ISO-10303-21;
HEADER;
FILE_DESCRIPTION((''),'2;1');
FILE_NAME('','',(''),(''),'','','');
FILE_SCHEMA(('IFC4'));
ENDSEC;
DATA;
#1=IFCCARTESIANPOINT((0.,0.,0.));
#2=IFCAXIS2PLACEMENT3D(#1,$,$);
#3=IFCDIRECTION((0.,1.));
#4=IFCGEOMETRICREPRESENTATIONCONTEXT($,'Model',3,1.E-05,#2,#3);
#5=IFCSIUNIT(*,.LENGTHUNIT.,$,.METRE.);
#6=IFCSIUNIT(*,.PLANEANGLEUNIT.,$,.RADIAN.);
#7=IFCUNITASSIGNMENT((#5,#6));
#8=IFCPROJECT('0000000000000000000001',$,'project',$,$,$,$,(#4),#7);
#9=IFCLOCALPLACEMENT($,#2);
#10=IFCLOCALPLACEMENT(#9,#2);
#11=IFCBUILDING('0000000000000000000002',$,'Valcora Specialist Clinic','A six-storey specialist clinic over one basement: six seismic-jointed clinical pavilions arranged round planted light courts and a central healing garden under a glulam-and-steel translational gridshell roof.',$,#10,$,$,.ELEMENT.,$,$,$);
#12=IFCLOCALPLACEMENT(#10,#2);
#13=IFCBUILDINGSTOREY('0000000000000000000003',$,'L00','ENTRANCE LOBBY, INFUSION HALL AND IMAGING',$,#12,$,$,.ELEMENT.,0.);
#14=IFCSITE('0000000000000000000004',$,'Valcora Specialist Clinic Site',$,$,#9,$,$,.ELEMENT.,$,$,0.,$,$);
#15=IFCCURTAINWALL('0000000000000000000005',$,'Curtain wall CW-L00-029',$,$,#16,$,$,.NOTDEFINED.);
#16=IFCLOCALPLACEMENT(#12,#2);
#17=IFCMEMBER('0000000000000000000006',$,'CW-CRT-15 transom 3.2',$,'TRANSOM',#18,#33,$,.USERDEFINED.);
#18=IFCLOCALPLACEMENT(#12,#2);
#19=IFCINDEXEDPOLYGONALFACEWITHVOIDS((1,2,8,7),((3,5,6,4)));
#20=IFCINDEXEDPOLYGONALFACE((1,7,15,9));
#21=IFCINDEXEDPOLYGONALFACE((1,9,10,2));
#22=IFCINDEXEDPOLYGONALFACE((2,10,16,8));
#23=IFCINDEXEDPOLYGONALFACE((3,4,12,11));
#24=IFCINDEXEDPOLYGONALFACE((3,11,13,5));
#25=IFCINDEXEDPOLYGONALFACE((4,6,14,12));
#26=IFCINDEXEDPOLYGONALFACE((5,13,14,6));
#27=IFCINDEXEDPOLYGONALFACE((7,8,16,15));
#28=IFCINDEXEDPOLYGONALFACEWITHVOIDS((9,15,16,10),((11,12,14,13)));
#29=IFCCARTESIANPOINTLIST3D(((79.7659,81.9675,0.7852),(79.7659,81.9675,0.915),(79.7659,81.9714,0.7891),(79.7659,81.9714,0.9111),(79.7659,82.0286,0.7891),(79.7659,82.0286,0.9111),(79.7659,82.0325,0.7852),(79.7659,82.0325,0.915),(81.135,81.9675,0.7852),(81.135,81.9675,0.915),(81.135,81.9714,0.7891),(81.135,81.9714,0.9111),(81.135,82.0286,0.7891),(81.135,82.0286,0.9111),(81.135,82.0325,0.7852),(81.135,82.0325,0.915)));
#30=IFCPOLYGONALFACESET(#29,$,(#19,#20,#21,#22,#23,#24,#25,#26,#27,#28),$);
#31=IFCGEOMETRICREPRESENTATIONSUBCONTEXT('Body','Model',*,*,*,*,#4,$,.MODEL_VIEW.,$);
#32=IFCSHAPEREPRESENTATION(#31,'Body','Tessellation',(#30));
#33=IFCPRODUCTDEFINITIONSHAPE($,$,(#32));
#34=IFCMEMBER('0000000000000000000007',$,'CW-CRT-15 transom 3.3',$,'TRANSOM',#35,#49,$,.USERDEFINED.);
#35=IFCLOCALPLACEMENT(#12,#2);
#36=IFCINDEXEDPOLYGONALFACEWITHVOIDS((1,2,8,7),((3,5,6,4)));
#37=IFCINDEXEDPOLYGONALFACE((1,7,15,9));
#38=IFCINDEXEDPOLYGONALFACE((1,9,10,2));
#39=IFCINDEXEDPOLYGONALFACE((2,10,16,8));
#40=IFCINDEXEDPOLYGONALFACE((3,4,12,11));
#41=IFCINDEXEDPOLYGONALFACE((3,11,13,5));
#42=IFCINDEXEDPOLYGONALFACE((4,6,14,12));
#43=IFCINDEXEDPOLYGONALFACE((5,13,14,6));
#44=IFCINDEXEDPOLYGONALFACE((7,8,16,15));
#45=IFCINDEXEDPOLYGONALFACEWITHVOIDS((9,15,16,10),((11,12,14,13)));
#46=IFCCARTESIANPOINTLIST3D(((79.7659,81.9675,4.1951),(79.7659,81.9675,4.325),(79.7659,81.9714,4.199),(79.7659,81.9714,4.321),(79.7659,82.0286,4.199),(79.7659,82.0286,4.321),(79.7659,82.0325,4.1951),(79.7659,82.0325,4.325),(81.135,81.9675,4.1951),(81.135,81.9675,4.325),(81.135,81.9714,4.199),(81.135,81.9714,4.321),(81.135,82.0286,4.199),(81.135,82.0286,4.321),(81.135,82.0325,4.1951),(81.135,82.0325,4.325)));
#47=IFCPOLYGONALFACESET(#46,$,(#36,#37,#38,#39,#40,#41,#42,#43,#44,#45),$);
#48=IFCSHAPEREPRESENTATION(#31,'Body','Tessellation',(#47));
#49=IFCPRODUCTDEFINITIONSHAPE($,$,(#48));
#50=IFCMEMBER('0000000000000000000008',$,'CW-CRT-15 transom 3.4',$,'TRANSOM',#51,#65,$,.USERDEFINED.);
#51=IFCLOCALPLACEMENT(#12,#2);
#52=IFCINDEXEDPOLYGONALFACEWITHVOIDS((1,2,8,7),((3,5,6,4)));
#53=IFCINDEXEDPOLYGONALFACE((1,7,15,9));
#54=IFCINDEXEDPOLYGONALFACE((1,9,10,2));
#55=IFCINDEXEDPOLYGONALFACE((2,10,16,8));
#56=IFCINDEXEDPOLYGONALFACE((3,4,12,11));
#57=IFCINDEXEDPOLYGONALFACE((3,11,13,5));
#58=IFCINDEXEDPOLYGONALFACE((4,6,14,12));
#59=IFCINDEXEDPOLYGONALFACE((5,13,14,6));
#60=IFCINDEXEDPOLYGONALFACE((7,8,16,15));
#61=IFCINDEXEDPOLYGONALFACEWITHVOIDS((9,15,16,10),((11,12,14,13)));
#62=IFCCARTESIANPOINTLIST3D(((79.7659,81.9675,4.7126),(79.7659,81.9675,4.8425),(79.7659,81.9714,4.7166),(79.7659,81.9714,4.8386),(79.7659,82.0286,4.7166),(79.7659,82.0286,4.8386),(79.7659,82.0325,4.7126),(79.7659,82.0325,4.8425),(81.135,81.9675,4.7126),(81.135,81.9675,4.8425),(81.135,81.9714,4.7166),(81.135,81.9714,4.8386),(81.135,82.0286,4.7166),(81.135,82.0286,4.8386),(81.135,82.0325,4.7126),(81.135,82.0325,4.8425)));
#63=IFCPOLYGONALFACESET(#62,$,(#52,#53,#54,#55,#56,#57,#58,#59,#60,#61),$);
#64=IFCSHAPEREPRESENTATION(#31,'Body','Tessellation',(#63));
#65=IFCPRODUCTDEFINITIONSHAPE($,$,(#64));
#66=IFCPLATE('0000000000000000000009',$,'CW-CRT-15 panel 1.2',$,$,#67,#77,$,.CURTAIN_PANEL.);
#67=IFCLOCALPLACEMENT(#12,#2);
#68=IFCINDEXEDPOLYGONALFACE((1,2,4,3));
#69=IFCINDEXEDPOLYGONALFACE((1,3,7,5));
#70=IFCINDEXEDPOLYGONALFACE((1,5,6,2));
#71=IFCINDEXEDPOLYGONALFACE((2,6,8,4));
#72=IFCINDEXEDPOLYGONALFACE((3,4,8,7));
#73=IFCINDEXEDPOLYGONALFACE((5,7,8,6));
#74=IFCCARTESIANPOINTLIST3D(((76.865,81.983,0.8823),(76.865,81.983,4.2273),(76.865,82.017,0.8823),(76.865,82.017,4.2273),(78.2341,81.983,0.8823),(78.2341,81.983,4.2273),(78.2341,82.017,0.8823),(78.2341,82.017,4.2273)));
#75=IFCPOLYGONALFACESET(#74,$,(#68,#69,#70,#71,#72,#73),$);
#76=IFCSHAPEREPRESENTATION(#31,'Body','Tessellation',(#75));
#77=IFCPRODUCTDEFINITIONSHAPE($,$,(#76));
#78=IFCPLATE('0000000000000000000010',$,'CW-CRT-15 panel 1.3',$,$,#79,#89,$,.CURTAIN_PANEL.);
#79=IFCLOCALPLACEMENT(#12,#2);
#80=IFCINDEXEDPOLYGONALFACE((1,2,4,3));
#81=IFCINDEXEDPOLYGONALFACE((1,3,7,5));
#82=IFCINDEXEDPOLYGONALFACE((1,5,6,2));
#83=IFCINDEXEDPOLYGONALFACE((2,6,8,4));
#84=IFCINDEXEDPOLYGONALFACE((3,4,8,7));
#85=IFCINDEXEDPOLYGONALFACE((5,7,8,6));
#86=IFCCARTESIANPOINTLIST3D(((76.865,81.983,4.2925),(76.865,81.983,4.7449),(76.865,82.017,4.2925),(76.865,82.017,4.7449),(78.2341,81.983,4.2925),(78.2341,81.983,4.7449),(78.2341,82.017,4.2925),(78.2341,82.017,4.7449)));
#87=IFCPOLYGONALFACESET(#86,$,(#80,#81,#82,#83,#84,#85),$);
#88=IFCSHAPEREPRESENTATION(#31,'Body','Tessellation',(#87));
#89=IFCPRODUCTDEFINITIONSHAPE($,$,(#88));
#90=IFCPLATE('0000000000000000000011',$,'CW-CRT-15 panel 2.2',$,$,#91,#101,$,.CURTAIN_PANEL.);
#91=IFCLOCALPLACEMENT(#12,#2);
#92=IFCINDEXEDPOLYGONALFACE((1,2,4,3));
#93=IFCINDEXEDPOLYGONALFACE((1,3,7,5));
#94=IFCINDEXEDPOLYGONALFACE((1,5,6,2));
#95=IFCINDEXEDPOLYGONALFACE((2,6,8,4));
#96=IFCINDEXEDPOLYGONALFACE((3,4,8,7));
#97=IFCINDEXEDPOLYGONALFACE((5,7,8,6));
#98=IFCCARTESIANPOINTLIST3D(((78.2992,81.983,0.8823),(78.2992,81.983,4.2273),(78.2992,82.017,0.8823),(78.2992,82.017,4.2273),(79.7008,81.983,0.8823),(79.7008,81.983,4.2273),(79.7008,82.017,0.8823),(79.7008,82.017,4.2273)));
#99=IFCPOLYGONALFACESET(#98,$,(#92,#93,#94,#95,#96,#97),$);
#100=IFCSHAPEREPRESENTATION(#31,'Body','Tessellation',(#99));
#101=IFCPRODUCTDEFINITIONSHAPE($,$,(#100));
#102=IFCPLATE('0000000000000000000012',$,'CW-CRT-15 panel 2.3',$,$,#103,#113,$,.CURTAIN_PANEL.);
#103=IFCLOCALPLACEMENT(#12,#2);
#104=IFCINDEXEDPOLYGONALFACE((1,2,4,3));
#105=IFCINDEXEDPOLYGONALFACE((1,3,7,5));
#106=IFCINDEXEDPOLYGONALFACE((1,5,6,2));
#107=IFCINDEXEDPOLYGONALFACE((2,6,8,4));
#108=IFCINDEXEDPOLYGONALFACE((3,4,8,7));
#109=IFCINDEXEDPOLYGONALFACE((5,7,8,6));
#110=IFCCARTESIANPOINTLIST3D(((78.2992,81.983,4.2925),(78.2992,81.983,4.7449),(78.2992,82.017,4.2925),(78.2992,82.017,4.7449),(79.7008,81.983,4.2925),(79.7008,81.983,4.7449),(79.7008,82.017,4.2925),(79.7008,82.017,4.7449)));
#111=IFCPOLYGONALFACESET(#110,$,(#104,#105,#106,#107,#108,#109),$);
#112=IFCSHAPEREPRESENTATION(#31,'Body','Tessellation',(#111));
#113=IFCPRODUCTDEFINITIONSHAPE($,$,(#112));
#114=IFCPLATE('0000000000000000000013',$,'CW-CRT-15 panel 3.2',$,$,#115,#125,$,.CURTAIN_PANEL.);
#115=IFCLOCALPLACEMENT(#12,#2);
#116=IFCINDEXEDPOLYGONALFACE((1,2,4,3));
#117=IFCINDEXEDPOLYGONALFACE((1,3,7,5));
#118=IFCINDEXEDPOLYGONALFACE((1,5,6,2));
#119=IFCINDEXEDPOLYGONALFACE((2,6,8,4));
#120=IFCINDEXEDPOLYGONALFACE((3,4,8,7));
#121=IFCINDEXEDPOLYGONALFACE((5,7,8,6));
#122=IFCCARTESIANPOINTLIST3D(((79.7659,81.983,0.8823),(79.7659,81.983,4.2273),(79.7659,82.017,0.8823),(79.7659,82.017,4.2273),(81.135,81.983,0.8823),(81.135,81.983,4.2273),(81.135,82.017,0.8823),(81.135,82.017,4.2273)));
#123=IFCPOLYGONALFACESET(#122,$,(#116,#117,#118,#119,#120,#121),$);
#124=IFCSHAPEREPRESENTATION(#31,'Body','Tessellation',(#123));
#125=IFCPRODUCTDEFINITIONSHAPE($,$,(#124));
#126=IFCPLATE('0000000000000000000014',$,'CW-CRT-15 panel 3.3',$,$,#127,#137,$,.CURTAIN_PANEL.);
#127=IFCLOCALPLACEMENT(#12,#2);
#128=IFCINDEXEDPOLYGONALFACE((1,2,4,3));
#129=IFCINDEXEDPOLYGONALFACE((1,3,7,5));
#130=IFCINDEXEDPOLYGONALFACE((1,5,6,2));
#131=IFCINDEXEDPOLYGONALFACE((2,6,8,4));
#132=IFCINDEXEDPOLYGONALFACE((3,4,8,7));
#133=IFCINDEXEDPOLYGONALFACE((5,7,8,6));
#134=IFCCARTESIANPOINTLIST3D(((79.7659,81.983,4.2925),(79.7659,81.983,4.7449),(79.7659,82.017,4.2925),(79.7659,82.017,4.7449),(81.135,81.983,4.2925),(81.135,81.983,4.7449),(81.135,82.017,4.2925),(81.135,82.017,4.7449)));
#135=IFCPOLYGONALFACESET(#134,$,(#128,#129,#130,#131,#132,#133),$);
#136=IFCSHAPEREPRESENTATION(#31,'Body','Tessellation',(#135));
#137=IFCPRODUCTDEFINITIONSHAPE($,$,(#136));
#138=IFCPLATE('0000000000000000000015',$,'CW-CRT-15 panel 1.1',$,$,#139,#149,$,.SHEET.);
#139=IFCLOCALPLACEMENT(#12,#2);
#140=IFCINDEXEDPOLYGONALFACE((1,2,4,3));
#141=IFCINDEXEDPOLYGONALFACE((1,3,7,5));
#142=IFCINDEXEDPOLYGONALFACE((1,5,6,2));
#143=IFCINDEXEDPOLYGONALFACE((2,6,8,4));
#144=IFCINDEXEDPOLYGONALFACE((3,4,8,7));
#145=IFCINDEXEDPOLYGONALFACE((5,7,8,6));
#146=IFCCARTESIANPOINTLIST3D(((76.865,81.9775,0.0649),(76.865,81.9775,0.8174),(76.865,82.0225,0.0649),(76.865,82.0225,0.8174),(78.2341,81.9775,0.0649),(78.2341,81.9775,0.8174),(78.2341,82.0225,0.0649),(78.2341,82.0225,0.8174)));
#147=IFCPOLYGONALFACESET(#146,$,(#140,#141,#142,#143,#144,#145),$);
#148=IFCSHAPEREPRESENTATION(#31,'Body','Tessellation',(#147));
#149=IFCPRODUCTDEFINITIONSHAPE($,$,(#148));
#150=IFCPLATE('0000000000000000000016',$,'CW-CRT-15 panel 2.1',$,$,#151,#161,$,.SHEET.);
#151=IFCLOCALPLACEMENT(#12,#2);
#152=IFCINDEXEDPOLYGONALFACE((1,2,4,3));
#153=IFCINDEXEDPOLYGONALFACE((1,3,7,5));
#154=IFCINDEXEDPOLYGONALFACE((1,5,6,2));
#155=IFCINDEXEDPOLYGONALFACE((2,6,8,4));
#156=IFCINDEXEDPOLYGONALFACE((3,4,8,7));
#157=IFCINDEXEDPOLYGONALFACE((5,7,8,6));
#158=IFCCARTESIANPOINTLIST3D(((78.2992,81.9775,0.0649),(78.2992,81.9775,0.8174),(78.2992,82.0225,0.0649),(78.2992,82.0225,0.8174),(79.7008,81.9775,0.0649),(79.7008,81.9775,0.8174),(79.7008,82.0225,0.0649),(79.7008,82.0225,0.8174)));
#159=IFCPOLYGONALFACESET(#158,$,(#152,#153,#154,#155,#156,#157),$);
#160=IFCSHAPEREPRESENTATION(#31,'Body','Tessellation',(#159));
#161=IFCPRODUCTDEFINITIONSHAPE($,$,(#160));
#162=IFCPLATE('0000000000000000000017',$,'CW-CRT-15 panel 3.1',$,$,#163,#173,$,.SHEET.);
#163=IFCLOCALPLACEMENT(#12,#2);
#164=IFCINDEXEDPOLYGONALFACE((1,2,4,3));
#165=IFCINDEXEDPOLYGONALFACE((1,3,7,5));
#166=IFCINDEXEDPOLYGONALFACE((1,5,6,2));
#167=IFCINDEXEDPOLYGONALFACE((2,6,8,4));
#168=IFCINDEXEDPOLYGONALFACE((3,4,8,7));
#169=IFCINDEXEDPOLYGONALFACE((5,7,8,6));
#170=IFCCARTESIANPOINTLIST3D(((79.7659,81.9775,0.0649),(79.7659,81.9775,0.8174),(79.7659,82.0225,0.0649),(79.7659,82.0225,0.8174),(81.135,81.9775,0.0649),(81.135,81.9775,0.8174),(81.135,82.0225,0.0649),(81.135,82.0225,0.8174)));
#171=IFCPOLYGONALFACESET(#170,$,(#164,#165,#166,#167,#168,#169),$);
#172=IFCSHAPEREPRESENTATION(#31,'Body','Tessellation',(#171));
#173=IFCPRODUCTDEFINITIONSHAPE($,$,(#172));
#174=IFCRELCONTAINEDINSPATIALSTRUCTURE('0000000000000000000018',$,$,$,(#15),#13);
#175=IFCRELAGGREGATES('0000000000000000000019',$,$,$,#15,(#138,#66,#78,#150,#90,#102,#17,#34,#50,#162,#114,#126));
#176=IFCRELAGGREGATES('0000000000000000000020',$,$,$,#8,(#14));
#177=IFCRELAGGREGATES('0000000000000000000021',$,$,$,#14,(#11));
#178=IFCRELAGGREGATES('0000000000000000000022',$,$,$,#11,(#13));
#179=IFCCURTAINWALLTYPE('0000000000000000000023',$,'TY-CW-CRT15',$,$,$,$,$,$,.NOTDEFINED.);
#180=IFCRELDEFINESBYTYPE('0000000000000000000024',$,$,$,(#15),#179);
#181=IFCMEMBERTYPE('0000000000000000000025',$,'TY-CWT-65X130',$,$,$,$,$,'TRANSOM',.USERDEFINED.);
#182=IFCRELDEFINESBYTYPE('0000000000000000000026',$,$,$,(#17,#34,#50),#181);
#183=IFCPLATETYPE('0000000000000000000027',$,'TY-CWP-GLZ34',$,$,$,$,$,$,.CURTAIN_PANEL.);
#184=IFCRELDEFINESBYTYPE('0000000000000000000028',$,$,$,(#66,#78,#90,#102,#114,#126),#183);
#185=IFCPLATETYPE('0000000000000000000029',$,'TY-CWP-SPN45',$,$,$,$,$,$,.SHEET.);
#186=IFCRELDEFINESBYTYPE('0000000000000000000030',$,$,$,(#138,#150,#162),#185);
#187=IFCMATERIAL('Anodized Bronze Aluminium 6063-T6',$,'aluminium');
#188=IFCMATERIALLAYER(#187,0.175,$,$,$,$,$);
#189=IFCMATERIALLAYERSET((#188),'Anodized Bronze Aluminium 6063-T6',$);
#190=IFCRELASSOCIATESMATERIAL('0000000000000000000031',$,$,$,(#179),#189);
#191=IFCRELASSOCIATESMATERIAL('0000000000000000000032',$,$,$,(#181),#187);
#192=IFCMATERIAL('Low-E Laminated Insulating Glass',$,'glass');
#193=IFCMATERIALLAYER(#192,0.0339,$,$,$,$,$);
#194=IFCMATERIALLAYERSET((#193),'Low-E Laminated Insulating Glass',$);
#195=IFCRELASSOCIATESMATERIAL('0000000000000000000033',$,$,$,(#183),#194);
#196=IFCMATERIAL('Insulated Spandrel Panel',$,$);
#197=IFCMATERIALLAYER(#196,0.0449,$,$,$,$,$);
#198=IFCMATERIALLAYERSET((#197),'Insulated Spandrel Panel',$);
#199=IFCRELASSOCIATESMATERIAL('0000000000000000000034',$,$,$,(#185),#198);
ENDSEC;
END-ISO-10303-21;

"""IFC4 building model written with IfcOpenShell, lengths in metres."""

from ifc_helpers import new_model, si_unit, direction, frame, origin, origin_2d, place, context, subcontext, project, spatial, rectangle, hollow_rectangle, extrude, material, layer, layer_set, material_profile, profile_set, type_object, element, aggregate, save


model = new_model("IFC4")

# Units and contexts
model_context = context("Model", 3, precision=1e-05, world=origin(), true_north=direction((0.0, 1.0)))
body_context = subcontext(model_context, "Body", "Model", "MODEL_VIEW")
ifc_project = project(units=[si_unit("LENGTHUNIT", "METRE"), si_unit("PLANEANGLEUNIT", "RADIAN")], contexts=[model_context])

# Site, building, storey
site_placement = place(None, origin())
site = spatial("IfcSite", under=ifc_project, at=site_placement, Name="Valcora Specialist Clinic Site", CompositionType="ELEMENT", RefElevation=0.0)
building_placement = place(site_placement, origin())
building = spatial("IfcBuilding", under=site, at=building_placement, Name="Valcora Specialist Clinic", Description="A six-storey specialist clinic over one basement: six seismic-jointed clinical pavilions arranged round planted light courts and a central healing garden under a glulam-and-steel translational gridshell roof.", CompositionType="ELEMENT")
storey_placement = place(building_placement, origin())
storey = spatial("IfcBuildingStorey", under=building, at=storey_placement, Name="L00", Description="ENTRANCE LOBBY, INFUSION HALL AND IMAGING", CompositionType="ELEMENT", Elevation=0.0)

# Curtain wall, members, plates
ifc_material_1 = material(Name="Anodized Bronze Aluminium 6063-T6", Category="aluminium")
ifc_layer_1 = layer(ifc_material_1, 0.175)
ifc_layer_set_1 = layer_set([ifc_layer_1], Name="Anodized Bronze Aluminium 6063-T6")
curtain_wall_type = type_object("IfcCurtainWallType", Name="TY-CW-CRT15", PredefinedType="NOTDEFINED", material=ifc_layer_set_1)
curtain_wall_placement = place(storey_placement, origin())
curtain_wall = element("IfcCurtainWall", 1, at=curtain_wall_placement, inside=storey, type_object=curtain_wall_type, Name="Curtain wall CW-L00-029", PredefinedType="NOTDEFINED")
ifc_material_profile_1 = material_profile(ifc_material_1, hollow_rectangle(XDim=0.0649, YDim=0.1299, WallThickness=0.0039, at=origin_2d()), Name="AL-TRN-65X130")
ifc_profile_set_1 = profile_set([ifc_material_profile_1], Name="Anodized Bronze Aluminium 6063-T6")
member_type_1 = type_object("IfcMemberType", Name="TY-CWT-65X130", ElementType="TRANSOM", PredefinedType="USERDEFINED", material=ifc_profile_set_1)
member_1_placement = place(storey_placement, frame((79.7659, 82.0, 0.8501), z_axis=(1.0, 0.0, 0.0), x_axis=(0.0, 1.0, 0.0)))
member_1 = element("IfcMember", 2, at=member_1_placement, type_object=member_type_1, Name="CW-CRT-15 transom 3.2", ObjectType="TRANSOM", PredefinedType="USERDEFINED", context=body_context, shape_type="SweptSolid", body=[
    extrude(hollow_rectangle(XDim=0.0649, YDim=0.1299, WallThickness=0.0039, at=origin_2d()), origin(), (0.0, 0.0, 1.0), 1.3691),
])
member_2_placement = place(storey_placement, frame((79.7659, 82.0, 4.26), z_axis=(1.0, 0.0, 0.0), x_axis=(0.0, 1.0, 0.0)))
member_2 = element("IfcMember", 3, at=member_2_placement, type_object=member_type_1, Name="CW-CRT-15 transom 3.3", ObjectType="TRANSOM", PredefinedType="USERDEFINED", context=body_context, shape_type="SweptSolid", body=[
    extrude(hollow_rectangle(XDim=0.0649, YDim=0.1299, WallThickness=0.0039, at=origin_2d()), origin(), (0.0, 0.0, 1.0), 1.3691),
])
member_3_placement = place(storey_placement, frame((79.7659, 82.0, 4.7776), z_axis=(1.0, 0.0, 0.0), x_axis=(0.0, 1.0, 0.0)))
member_3 = element("IfcMember", 4, at=member_3_placement, type_object=member_type_1, Name="CW-CRT-15 transom 3.4", ObjectType="TRANSOM", PredefinedType="USERDEFINED", context=body_context, shape_type="SweptSolid", body=[
    extrude(hollow_rectangle(XDim=0.0649, YDim=0.1299, WallThickness=0.0039, at=origin_2d()), origin(), (0.0, 0.0, 1.0), 1.3691),
])
ifc_material_2 = material(Name="Low-E Laminated Insulating Glass", Category="glass")
ifc_layer_2 = layer(ifc_material_2, 0.0339)
ifc_layer_set_2 = layer_set([ifc_layer_2], Name="Low-E Laminated Insulating Glass")
plate_type_1 = type_object("IfcPlateType", Name="TY-CWP-GLZ34", PredefinedType="CURTAIN_PANEL", material=ifc_layer_set_2)
plate_1_placement = place(storey_placement, frame((77.5496, 82.0, 0.8823), z_axis=(0.0, 0.0, 1.0), x_axis=(1.0, 0.0, 0.0)))
plate_1 = element("IfcPlate", 5, at=plate_1_placement, type_object=plate_type_1, Name="CW-CRT-15 panel 1.2", PredefinedType="CURTAIN_PANEL", context=body_context, shape_type="SweptSolid", body=[
    extrude(rectangle(XDim=1.3691, YDim=0.0339, at=origin_2d()), origin(), (0.0, 0.0, 1.0), 3.345),
])
plate_2_placement = place(storey_placement, frame((77.5496, 82.0, 4.2925), z_axis=(0.0, 0.0, 1.0), x_axis=(1.0, 0.0, 0.0)))
plate_2 = element("IfcPlate", 6, at=plate_2_placement, type_object=plate_type_1, Name="CW-CRT-15 panel 1.3", PredefinedType="CURTAIN_PANEL", context=body_context, shape_type="SweptSolid", body=[
    extrude(rectangle(XDim=1.3691, YDim=0.0339, at=origin_2d()), origin(), (0.0, 0.0, 1.0), 0.4524),
])
plate_3_placement = place(storey_placement, frame((79.0, 82.0, 0.8823), z_axis=(0.0, 0.0, 1.0), x_axis=(1.0, 0.0, 0.0)))
plate_3 = element("IfcPlate", 7, at=plate_3_placement, type_object=plate_type_1, Name="CW-CRT-15 panel 2.2", PredefinedType="CURTAIN_PANEL", context=body_context, shape_type="SweptSolid", body=[
    extrude(rectangle(XDim=1.4016, YDim=0.0339, at=origin_2d()), origin(), (0.0, 0.0, 1.0), 3.345),
])
plate_4_placement = place(storey_placement, frame((79.0, 82.0, 4.2925), z_axis=(0.0, 0.0, 1.0), x_axis=(1.0, 0.0, 0.0)))
plate_4 = element("IfcPlate", 8, at=plate_4_placement, type_object=plate_type_1, Name="CW-CRT-15 panel 2.3", PredefinedType="CURTAIN_PANEL", context=body_context, shape_type="SweptSolid", body=[
    extrude(rectangle(XDim=1.4016, YDim=0.0339, at=origin_2d()), origin(), (0.0, 0.0, 1.0), 0.4524),
])
plate_5_placement = place(storey_placement, frame((80.4504, 82.0, 0.8823), z_axis=(0.0, 0.0, 1.0), x_axis=(1.0, 0.0, 0.0)))
plate_5 = element("IfcPlate", 9, at=plate_5_placement, type_object=plate_type_1, Name="CW-CRT-15 panel 3.2", PredefinedType="CURTAIN_PANEL", context=body_context, shape_type="SweptSolid", body=[
    extrude(rectangle(XDim=1.3691, YDim=0.0339, at=origin_2d()), origin(), (0.0, 0.0, 1.0), 3.345),
])
plate_6_placement = place(storey_placement, frame((80.4504, 82.0, 4.2925), z_axis=(0.0, 0.0, 1.0), x_axis=(1.0, 0.0, 0.0)))
plate_6 = element("IfcPlate", 10, at=plate_6_placement, type_object=plate_type_1, Name="CW-CRT-15 panel 3.3", PredefinedType="CURTAIN_PANEL", context=body_context, shape_type="SweptSolid", body=[
    extrude(rectangle(XDim=1.3691, YDim=0.0339, at=origin_2d()), origin(), (0.0, 0.0, 1.0), 0.4524),
])
ifc_material_3 = material(Name="Insulated Spandrel Panel")
ifc_layer_3 = layer(ifc_material_3, 0.0449)
ifc_layer_set_3 = layer_set([ifc_layer_3], Name="Insulated Spandrel Panel")
plate_type_2 = type_object("IfcPlateType", Name="TY-CWP-SPN45", PredefinedType="SHEET", material=ifc_layer_set_3)
plate_7_placement = place(storey_placement, frame((77.5496, 82.0, 0.0649), z_axis=(0.0, 0.0, 1.0), x_axis=(1.0, 0.0, 0.0)))
plate_7 = element("IfcPlate", 11, at=plate_7_placement, type_object=plate_type_2, Name="CW-CRT-15 panel 1.1", PredefinedType="SHEET", context=body_context, shape_type="SweptSolid", body=[
    extrude(rectangle(XDim=1.3691, YDim=0.0449, at=origin_2d()), origin(), (0.0, 0.0, 1.0), 0.7524),
])
plate_8_placement = place(storey_placement, frame((79.0, 82.0, 0.0649), z_axis=(0.0, 0.0, 1.0), x_axis=(1.0, 0.0, 0.0)))
plate_8 = element("IfcPlate", 12, at=plate_8_placement, type_object=plate_type_2, Name="CW-CRT-15 panel 2.1", PredefinedType="SHEET", context=body_context, shape_type="SweptSolid", body=[
    extrude(rectangle(XDim=1.4016, YDim=0.0449, at=origin_2d()), origin(), (0.0, 0.0, 1.0), 0.7524),
])
plate_9_placement = place(storey_placement, frame((80.4504, 82.0, 0.0649), z_axis=(0.0, 0.0, 1.0), x_axis=(1.0, 0.0, 0.0)))
plate_9 = element("IfcPlate", 13, at=plate_9_placement, type_object=plate_type_2, Name="CW-CRT-15 panel 3.1", PredefinedType="SHEET", context=body_context, shape_type="SweptSolid", body=[
    extrude(rectangle(XDim=1.3691, YDim=0.0449, at=origin_2d()), origin(), (0.0, 0.0, 1.0), 0.7524),
])
aggregate(curtain_wall, [plate_7, plate_1, plate_2, plate_8, plate_3, plate_4, member_1, member_2, member_3, plate_9, plate_5, plate_6])

save(model, "model.ifc")
